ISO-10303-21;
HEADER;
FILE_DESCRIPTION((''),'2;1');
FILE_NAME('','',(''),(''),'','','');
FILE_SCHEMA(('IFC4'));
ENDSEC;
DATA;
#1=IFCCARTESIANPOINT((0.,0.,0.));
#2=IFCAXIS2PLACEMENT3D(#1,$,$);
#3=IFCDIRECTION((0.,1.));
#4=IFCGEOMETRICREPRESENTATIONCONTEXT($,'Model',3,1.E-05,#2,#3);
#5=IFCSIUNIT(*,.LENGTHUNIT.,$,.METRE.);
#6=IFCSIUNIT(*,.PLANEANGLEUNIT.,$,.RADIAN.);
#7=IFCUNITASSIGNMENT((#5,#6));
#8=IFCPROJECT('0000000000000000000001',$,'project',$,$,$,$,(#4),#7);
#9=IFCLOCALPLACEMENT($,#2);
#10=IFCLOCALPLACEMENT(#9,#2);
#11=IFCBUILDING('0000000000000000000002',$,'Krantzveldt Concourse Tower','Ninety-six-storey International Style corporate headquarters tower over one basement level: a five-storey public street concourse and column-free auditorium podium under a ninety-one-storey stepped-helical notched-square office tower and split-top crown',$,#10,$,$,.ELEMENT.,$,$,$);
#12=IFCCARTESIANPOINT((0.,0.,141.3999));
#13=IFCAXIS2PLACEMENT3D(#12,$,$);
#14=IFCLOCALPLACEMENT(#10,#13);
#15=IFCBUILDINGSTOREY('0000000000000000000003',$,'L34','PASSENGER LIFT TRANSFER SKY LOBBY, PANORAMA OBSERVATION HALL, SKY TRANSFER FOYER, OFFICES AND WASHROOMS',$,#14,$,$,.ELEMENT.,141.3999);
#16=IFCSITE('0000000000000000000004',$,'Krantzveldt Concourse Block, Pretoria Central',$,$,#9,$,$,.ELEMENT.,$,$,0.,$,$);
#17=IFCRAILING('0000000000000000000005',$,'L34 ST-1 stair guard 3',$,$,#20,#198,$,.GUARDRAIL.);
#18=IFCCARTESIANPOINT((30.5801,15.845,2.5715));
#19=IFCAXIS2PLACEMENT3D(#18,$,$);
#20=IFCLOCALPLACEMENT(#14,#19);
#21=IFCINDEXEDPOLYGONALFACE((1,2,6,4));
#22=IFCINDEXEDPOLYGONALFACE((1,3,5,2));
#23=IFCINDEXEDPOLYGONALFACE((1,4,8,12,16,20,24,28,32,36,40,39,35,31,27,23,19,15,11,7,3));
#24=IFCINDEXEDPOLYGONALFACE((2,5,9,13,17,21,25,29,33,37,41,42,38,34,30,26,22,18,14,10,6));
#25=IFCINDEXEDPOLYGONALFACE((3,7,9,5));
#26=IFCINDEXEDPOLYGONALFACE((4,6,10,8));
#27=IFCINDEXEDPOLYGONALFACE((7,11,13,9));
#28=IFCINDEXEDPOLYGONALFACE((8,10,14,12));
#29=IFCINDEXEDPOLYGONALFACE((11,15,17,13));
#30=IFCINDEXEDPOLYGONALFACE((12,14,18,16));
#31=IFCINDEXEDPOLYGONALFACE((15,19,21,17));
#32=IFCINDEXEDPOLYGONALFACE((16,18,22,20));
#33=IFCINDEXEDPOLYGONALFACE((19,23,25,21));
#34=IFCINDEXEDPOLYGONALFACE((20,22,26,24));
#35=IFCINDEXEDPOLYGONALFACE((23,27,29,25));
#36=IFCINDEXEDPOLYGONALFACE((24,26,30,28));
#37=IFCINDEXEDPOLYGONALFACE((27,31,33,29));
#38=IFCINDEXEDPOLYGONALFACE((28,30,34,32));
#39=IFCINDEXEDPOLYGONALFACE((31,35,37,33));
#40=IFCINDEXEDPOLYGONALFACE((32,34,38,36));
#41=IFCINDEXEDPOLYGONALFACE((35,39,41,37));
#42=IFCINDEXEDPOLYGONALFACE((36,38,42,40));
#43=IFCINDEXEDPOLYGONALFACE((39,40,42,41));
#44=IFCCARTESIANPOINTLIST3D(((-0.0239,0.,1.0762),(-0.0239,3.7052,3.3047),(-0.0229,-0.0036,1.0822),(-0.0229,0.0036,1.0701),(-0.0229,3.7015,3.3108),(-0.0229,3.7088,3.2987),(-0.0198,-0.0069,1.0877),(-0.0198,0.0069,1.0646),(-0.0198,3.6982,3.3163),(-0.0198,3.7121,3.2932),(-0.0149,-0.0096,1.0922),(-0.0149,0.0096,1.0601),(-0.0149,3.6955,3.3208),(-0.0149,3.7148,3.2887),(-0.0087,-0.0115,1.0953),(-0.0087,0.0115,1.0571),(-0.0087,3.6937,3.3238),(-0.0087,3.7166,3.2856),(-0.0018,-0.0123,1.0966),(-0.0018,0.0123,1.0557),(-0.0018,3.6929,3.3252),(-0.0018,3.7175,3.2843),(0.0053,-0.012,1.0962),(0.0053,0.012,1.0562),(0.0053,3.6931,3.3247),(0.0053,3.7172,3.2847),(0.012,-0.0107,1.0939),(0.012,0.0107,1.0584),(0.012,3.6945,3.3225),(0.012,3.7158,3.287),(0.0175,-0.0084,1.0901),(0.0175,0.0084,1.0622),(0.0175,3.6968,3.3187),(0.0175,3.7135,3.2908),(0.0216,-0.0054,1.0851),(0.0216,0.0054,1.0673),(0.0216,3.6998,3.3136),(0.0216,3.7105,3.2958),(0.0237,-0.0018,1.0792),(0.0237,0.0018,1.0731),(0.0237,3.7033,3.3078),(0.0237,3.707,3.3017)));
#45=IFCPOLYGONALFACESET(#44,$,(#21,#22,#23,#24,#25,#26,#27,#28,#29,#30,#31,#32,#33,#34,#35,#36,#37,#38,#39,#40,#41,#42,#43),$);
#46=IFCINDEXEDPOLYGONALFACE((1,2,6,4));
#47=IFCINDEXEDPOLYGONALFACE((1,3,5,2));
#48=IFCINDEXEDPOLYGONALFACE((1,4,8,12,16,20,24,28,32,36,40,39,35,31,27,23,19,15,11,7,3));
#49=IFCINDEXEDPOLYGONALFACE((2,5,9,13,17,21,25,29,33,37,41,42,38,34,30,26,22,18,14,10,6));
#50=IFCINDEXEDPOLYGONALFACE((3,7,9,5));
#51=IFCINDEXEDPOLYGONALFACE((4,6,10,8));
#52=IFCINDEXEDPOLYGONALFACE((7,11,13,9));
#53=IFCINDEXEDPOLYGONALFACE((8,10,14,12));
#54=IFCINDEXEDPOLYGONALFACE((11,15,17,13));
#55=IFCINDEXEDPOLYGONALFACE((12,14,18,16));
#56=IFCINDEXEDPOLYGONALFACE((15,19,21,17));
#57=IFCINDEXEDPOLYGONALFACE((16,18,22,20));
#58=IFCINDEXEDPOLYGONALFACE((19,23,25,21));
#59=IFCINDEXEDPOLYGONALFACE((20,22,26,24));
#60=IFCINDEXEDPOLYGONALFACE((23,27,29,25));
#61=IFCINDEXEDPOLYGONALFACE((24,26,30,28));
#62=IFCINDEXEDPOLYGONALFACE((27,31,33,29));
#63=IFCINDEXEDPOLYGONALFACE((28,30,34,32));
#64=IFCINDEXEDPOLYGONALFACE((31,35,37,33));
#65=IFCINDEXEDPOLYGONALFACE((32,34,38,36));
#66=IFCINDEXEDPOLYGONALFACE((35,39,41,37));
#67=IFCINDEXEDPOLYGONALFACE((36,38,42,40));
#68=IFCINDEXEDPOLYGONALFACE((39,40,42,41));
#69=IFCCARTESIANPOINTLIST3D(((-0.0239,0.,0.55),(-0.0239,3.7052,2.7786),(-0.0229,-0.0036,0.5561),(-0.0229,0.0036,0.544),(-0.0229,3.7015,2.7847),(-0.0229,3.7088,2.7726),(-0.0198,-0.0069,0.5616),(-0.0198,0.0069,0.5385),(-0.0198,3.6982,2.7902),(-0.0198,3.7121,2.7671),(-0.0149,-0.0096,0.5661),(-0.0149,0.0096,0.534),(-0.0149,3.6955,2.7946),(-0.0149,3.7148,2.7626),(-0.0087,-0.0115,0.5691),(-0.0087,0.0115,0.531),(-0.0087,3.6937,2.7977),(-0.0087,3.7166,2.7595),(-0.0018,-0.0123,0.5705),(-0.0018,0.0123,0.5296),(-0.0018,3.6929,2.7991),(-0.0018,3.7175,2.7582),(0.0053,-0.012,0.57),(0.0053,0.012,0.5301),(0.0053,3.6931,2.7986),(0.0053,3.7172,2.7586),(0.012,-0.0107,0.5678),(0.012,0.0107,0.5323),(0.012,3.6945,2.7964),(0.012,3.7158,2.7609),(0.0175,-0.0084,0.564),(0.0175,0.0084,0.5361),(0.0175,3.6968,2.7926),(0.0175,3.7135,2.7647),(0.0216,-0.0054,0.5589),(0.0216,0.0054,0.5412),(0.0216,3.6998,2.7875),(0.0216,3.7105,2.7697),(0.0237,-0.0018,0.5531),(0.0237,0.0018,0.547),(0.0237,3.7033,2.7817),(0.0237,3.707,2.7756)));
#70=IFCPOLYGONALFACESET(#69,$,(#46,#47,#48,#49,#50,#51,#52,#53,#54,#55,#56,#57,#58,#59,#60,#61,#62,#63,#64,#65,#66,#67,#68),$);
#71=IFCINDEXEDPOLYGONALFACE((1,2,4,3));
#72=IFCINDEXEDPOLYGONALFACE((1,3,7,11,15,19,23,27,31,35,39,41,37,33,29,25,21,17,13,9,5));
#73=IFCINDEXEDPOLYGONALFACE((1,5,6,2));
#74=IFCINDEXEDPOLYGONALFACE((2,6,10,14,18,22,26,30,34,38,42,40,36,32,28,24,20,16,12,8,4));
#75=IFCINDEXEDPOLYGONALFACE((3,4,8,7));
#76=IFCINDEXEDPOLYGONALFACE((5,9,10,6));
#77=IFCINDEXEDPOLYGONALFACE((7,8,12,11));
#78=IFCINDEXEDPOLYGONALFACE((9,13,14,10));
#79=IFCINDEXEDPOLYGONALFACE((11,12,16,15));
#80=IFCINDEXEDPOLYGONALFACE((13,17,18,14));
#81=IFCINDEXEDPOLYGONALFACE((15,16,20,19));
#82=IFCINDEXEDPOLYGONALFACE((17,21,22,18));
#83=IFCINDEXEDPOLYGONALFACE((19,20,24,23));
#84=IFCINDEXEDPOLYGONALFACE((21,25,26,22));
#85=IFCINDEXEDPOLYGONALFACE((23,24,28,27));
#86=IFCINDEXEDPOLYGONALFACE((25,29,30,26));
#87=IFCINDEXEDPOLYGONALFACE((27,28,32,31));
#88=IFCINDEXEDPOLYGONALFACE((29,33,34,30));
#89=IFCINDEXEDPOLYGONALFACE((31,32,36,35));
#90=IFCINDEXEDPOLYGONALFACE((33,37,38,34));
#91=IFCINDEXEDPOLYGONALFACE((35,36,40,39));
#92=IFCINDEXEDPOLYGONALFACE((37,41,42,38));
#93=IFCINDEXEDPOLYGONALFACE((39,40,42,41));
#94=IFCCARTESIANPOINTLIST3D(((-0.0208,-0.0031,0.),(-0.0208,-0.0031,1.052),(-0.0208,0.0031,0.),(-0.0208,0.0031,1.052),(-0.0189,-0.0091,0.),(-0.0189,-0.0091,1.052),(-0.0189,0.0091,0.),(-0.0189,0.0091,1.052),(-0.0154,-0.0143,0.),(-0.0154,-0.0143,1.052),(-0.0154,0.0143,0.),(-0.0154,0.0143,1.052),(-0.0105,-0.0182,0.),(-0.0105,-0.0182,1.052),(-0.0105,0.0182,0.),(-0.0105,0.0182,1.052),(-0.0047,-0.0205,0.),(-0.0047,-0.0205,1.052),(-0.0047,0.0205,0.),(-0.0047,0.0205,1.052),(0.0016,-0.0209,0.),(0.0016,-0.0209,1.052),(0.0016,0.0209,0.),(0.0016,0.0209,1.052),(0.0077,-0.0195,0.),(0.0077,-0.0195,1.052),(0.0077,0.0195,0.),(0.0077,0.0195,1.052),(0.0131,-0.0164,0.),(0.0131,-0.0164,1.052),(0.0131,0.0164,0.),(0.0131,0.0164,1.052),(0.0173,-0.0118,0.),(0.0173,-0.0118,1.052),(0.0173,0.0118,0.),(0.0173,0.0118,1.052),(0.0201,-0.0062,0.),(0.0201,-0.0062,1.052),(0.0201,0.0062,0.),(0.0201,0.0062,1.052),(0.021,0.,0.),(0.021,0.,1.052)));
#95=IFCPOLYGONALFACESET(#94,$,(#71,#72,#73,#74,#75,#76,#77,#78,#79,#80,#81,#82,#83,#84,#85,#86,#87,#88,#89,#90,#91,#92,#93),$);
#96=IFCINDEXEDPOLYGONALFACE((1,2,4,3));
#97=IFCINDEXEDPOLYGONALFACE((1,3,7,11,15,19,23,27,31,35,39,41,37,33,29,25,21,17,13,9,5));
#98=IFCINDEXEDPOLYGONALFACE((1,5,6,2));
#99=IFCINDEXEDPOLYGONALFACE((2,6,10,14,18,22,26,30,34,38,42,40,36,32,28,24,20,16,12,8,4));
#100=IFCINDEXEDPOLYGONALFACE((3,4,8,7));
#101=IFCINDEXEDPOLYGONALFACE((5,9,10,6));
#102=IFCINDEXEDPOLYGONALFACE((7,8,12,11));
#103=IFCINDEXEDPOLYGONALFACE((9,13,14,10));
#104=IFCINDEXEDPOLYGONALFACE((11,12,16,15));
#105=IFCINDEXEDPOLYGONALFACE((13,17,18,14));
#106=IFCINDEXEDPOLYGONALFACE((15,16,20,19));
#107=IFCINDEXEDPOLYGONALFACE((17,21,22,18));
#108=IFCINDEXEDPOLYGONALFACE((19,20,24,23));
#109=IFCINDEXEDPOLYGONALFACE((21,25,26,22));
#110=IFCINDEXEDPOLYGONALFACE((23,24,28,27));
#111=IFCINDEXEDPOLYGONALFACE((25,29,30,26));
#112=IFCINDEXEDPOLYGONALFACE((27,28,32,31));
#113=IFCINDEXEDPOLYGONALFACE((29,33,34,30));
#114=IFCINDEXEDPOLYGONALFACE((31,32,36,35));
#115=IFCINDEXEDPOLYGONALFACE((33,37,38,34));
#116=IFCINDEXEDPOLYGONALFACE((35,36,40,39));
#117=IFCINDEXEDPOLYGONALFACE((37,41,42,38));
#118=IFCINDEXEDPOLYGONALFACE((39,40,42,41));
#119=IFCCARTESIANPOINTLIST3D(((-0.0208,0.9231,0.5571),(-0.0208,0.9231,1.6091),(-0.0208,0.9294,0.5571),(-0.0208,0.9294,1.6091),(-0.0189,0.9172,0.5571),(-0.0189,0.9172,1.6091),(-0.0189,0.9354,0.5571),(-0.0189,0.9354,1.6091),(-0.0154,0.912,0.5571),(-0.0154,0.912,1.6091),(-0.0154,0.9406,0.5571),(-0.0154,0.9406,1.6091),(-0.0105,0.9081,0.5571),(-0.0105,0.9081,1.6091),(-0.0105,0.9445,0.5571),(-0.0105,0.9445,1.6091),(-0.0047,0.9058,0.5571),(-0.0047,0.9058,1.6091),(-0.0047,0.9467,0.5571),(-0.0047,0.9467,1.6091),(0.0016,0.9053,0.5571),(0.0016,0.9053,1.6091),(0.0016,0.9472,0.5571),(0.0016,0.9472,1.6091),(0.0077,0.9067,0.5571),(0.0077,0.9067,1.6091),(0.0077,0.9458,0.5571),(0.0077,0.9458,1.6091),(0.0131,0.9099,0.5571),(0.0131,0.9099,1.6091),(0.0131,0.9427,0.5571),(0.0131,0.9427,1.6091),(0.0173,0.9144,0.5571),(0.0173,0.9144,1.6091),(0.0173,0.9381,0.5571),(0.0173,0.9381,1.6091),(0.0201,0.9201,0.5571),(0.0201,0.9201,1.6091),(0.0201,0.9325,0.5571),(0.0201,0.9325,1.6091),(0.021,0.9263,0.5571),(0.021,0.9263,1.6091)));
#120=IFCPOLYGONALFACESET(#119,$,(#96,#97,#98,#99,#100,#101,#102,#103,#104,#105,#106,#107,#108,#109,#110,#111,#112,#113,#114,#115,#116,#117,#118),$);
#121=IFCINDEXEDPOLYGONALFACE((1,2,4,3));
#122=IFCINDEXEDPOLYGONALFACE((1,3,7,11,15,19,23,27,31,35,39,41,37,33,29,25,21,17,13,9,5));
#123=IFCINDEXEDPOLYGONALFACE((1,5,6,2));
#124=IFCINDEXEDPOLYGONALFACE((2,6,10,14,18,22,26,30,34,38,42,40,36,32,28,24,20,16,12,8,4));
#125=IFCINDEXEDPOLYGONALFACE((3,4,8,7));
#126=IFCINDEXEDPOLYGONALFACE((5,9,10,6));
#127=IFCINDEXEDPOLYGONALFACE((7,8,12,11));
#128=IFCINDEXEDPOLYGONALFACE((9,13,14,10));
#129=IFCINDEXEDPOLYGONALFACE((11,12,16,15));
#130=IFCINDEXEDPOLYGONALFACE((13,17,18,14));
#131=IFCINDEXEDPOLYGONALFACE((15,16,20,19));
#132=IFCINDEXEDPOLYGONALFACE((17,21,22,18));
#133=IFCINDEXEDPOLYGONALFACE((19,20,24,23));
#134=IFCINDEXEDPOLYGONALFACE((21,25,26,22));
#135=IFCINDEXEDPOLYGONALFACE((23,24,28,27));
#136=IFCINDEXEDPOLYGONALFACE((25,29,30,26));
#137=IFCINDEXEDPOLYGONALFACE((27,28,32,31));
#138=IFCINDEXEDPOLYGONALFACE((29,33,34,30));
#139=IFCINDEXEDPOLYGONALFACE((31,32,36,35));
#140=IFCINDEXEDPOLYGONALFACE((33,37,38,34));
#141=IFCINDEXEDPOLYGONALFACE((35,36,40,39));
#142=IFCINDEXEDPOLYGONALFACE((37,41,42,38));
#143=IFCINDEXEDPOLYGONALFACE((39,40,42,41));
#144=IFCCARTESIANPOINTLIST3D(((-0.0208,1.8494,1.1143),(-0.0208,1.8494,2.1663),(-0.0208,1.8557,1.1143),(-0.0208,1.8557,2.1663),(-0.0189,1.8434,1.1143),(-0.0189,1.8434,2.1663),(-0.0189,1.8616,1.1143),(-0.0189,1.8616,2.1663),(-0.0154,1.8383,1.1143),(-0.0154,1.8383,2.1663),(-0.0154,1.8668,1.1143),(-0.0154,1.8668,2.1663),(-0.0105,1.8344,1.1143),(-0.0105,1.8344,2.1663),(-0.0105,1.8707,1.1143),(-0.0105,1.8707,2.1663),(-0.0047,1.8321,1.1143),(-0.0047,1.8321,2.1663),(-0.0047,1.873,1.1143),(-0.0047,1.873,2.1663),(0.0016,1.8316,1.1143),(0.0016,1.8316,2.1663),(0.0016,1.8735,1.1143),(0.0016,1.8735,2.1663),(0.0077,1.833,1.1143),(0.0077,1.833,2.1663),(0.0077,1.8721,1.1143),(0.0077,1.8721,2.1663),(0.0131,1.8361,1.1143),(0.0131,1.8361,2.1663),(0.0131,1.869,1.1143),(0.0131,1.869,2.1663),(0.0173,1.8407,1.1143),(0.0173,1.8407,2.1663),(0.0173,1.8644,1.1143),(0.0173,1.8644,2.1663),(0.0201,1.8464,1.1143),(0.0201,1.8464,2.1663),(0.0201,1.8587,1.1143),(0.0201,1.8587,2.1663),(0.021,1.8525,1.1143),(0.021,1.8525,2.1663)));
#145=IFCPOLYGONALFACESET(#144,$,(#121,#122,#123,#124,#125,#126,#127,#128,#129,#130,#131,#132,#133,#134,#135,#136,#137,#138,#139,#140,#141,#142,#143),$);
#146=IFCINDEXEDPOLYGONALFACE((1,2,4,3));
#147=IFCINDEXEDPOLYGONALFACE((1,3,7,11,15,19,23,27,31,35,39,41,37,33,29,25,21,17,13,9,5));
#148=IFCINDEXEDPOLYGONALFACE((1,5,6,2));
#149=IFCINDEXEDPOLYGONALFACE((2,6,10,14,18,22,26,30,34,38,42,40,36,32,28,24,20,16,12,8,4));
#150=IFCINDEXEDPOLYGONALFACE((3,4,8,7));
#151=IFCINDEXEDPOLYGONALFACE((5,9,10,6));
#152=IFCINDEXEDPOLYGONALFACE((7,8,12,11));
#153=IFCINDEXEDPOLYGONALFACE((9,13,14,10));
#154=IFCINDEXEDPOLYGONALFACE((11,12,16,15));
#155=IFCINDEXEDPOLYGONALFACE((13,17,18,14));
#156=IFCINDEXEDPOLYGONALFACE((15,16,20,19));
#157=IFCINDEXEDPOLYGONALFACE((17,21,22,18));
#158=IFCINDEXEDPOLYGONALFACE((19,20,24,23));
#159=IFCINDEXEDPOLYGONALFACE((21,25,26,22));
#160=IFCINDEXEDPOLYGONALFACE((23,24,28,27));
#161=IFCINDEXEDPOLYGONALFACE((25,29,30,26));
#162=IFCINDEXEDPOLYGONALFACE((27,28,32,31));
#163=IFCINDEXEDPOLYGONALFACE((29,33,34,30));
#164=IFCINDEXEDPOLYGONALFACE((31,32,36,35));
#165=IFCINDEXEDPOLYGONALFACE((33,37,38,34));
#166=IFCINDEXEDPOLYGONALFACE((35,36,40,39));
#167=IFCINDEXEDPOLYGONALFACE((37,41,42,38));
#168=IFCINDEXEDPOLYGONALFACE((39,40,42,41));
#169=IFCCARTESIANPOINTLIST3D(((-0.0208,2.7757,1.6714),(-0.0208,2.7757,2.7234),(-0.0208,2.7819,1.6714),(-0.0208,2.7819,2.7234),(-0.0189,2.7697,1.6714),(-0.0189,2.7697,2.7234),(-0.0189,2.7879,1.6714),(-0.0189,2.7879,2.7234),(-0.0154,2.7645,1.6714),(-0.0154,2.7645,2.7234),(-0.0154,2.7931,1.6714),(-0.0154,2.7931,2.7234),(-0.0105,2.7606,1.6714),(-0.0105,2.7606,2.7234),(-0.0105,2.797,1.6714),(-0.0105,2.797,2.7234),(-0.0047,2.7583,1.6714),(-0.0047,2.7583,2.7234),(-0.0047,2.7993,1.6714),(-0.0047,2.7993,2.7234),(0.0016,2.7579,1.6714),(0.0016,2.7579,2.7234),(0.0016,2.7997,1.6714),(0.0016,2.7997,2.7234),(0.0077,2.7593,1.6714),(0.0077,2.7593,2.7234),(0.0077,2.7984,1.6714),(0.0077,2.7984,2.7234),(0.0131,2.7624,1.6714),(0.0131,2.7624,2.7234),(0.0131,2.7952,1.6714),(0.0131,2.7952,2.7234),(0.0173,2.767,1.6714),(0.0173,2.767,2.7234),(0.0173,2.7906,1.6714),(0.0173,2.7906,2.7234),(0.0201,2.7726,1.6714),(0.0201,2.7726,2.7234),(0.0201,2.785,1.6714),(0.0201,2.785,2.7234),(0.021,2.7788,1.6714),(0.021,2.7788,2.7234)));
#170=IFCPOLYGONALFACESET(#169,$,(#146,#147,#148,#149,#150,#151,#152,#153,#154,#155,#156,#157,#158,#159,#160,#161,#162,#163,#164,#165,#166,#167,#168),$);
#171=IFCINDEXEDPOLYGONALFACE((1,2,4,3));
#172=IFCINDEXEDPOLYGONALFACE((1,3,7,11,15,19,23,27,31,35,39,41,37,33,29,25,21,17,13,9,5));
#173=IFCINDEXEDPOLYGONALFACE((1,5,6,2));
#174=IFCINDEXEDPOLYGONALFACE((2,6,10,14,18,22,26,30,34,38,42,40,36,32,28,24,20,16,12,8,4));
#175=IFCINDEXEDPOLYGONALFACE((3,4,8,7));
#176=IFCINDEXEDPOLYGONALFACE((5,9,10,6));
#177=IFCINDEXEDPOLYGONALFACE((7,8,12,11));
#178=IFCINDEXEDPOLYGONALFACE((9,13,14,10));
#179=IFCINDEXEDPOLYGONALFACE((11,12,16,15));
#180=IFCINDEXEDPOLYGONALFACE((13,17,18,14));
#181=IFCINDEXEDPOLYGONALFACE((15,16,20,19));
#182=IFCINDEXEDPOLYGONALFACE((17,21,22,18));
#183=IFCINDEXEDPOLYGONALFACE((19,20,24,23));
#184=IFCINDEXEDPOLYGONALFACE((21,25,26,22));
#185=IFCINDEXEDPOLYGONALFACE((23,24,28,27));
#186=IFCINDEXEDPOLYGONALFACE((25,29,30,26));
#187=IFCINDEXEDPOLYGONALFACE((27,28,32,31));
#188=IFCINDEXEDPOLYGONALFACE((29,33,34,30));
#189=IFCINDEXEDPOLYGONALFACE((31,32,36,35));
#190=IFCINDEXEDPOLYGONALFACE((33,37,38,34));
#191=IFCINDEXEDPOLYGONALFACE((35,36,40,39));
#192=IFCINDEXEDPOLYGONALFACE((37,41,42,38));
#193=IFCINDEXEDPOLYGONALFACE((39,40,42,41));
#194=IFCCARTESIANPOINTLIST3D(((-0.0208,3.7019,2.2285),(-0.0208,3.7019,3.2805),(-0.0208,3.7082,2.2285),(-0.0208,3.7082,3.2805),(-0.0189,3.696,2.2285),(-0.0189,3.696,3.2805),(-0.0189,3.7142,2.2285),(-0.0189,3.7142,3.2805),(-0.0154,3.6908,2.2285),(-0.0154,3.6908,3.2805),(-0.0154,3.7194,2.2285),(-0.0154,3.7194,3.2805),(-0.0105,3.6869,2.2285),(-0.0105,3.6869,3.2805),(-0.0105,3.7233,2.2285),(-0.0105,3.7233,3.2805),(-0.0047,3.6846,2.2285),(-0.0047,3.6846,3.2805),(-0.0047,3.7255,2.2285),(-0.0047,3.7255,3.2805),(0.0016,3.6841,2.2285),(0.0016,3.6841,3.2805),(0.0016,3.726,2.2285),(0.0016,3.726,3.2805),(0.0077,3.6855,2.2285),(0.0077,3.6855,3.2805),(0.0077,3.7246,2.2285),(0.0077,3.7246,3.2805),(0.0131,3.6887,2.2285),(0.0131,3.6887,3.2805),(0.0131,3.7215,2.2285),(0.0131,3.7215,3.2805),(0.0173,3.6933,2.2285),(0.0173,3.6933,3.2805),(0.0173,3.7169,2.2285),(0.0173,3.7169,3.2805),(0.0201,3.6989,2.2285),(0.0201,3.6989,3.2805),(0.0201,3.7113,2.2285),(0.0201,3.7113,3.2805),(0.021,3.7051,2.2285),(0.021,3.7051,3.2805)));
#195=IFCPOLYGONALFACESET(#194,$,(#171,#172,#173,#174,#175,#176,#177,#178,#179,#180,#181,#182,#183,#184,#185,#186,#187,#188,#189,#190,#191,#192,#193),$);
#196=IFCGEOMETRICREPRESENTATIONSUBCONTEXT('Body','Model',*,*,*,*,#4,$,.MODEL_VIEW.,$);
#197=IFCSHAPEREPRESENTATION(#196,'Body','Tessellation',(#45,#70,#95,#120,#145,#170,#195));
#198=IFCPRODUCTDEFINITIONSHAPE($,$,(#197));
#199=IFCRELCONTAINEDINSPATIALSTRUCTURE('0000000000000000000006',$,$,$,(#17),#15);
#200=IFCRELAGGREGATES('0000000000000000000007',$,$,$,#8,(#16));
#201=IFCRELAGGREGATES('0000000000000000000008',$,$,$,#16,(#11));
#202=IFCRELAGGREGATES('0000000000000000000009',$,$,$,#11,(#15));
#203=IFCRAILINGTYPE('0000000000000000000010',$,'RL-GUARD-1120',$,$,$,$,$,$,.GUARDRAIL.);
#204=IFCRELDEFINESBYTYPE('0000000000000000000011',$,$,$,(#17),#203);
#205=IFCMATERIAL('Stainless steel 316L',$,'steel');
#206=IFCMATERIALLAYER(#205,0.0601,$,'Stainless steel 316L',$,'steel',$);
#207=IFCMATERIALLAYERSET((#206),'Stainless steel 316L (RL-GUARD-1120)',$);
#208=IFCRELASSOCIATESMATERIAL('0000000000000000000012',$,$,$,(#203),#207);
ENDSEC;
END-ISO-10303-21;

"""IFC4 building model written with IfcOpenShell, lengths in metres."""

from ifc_helpers import new_model, si_unit, direction, frame, origin, origin_2d, place, context, subcontext, project, spatial, circle, extrude, material, layer, layer_set, type_object, element, save


model = new_model("IFC4")

# Units and contexts
model_context = context("Model", 3, precision=1e-05, world=origin(), true_north=direction((0.0, 1.0)))
body_context = subcontext(model_context, "Body", "Model", "MODEL_VIEW")
ifc_project = project(units=[si_unit("LENGTHUNIT", "METRE"), si_unit("PLANEANGLEUNIT", "RADIAN")], contexts=[model_context])

# Site, building, storey
site_placement = place(None, origin())
site = spatial("IfcSite", under=ifc_project, at=site_placement, Name="Krantzveldt Concourse Block, Pretoria Central", CompositionType="ELEMENT", RefElevation=0.0)
building_placement = place(site_placement, origin())
building = spatial("IfcBuilding", under=site, at=building_placement, Name="Krantzveldt Concourse Tower", Description="Ninety-six-storey International Style corporate headquarters tower over one basement level: a five-storey public street concourse and column-free auditorium podium under a ninety-one-storey stepped-helical notched-square office tower and split-top crown", CompositionType="ELEMENT")
storey_placement = place(building_placement, frame((0.0, 0.0, 141.3999)))
storey = spatial("IfcBuildingStorey", under=building, at=storey_placement, Name="L34", Description="PASSENGER LIFT TRANSFER SKY LOBBY, PANORAMA OBSERVATION HALL, SKY TRANSFER FOYER, OFFICES AND WASHROOMS", CompositionType="ELEMENT", Elevation=141.3999)

# Shared definitions
ifc_material_1 = material(Name="Stainless steel 316L", Category="steel")

# Railing
ifc_layer_1 = layer(ifc_material_1, 0.0601, Name="Stainless steel 316L", Category="steel")
ifc_layer_set_1 = layer_set([ifc_layer_1], Name="Stainless steel 316L (RL-GUARD-1120)")
railing_type_1 = type_object("IfcRailingType", Name="RL-GUARD-1120", PredefinedType="GUARDRAIL", material=ifc_layer_set_1)
railing_1_placement = place(storey_placement, frame((30.5801, 15.845, 2.5715)))
element("IfcRailing", 1, at=railing_1_placement, inside=storey, type_object=railing_type_1, Name="L34 ST-1 stair guard 3", PredefinedType="GUARDRAIL", context=body_context, shape_type="SweptSolid", body=[
    extrude(circle(Radius=0.0239, at=origin_2d()), frame((0.0, 0.0, 1.0762), z_axis=(0.0, 0.856934, 0.515425), x_axis=(-1.0, 0.0, 0.0)), (0.0, 0.0, 1.0), 4.3237),
    extrude(circle(Radius=0.0239, at=origin_2d()), frame((0.0, 0.0, 0.55), z_axis=(0.0, 0.856934, 0.515425), x_axis=(-1.0, 0.0, 0.0)), (0.0, 0.0, 1.0), 4.3237),
    extrude(circle(Radius=0.021, at=origin_2d()), origin(), (0.0, 0.0, 1.0), 1.052),
    extrude(circle(Radius=0.021, at=origin_2d()), frame((0.0, 0.9263, 0.5571)), (0.0, 0.0, 1.0), 1.052),
    extrude(circle(Radius=0.021, at=origin_2d()), frame((0.0, 1.8525, 1.1143)), (0.0, 0.0, 1.0), 1.052),
    extrude(circle(Radius=0.021, at=origin_2d()), frame((0.0, 2.7788, 1.6714)), (0.0, 0.0, 1.0), 1.052),
    extrude(circle(Radius=0.021, at=origin_2d()), frame((0.0, 3.7051, 2.2285)), (0.0, 0.0, 1.0), 1.052),
])

save(model, "model.ifc")
